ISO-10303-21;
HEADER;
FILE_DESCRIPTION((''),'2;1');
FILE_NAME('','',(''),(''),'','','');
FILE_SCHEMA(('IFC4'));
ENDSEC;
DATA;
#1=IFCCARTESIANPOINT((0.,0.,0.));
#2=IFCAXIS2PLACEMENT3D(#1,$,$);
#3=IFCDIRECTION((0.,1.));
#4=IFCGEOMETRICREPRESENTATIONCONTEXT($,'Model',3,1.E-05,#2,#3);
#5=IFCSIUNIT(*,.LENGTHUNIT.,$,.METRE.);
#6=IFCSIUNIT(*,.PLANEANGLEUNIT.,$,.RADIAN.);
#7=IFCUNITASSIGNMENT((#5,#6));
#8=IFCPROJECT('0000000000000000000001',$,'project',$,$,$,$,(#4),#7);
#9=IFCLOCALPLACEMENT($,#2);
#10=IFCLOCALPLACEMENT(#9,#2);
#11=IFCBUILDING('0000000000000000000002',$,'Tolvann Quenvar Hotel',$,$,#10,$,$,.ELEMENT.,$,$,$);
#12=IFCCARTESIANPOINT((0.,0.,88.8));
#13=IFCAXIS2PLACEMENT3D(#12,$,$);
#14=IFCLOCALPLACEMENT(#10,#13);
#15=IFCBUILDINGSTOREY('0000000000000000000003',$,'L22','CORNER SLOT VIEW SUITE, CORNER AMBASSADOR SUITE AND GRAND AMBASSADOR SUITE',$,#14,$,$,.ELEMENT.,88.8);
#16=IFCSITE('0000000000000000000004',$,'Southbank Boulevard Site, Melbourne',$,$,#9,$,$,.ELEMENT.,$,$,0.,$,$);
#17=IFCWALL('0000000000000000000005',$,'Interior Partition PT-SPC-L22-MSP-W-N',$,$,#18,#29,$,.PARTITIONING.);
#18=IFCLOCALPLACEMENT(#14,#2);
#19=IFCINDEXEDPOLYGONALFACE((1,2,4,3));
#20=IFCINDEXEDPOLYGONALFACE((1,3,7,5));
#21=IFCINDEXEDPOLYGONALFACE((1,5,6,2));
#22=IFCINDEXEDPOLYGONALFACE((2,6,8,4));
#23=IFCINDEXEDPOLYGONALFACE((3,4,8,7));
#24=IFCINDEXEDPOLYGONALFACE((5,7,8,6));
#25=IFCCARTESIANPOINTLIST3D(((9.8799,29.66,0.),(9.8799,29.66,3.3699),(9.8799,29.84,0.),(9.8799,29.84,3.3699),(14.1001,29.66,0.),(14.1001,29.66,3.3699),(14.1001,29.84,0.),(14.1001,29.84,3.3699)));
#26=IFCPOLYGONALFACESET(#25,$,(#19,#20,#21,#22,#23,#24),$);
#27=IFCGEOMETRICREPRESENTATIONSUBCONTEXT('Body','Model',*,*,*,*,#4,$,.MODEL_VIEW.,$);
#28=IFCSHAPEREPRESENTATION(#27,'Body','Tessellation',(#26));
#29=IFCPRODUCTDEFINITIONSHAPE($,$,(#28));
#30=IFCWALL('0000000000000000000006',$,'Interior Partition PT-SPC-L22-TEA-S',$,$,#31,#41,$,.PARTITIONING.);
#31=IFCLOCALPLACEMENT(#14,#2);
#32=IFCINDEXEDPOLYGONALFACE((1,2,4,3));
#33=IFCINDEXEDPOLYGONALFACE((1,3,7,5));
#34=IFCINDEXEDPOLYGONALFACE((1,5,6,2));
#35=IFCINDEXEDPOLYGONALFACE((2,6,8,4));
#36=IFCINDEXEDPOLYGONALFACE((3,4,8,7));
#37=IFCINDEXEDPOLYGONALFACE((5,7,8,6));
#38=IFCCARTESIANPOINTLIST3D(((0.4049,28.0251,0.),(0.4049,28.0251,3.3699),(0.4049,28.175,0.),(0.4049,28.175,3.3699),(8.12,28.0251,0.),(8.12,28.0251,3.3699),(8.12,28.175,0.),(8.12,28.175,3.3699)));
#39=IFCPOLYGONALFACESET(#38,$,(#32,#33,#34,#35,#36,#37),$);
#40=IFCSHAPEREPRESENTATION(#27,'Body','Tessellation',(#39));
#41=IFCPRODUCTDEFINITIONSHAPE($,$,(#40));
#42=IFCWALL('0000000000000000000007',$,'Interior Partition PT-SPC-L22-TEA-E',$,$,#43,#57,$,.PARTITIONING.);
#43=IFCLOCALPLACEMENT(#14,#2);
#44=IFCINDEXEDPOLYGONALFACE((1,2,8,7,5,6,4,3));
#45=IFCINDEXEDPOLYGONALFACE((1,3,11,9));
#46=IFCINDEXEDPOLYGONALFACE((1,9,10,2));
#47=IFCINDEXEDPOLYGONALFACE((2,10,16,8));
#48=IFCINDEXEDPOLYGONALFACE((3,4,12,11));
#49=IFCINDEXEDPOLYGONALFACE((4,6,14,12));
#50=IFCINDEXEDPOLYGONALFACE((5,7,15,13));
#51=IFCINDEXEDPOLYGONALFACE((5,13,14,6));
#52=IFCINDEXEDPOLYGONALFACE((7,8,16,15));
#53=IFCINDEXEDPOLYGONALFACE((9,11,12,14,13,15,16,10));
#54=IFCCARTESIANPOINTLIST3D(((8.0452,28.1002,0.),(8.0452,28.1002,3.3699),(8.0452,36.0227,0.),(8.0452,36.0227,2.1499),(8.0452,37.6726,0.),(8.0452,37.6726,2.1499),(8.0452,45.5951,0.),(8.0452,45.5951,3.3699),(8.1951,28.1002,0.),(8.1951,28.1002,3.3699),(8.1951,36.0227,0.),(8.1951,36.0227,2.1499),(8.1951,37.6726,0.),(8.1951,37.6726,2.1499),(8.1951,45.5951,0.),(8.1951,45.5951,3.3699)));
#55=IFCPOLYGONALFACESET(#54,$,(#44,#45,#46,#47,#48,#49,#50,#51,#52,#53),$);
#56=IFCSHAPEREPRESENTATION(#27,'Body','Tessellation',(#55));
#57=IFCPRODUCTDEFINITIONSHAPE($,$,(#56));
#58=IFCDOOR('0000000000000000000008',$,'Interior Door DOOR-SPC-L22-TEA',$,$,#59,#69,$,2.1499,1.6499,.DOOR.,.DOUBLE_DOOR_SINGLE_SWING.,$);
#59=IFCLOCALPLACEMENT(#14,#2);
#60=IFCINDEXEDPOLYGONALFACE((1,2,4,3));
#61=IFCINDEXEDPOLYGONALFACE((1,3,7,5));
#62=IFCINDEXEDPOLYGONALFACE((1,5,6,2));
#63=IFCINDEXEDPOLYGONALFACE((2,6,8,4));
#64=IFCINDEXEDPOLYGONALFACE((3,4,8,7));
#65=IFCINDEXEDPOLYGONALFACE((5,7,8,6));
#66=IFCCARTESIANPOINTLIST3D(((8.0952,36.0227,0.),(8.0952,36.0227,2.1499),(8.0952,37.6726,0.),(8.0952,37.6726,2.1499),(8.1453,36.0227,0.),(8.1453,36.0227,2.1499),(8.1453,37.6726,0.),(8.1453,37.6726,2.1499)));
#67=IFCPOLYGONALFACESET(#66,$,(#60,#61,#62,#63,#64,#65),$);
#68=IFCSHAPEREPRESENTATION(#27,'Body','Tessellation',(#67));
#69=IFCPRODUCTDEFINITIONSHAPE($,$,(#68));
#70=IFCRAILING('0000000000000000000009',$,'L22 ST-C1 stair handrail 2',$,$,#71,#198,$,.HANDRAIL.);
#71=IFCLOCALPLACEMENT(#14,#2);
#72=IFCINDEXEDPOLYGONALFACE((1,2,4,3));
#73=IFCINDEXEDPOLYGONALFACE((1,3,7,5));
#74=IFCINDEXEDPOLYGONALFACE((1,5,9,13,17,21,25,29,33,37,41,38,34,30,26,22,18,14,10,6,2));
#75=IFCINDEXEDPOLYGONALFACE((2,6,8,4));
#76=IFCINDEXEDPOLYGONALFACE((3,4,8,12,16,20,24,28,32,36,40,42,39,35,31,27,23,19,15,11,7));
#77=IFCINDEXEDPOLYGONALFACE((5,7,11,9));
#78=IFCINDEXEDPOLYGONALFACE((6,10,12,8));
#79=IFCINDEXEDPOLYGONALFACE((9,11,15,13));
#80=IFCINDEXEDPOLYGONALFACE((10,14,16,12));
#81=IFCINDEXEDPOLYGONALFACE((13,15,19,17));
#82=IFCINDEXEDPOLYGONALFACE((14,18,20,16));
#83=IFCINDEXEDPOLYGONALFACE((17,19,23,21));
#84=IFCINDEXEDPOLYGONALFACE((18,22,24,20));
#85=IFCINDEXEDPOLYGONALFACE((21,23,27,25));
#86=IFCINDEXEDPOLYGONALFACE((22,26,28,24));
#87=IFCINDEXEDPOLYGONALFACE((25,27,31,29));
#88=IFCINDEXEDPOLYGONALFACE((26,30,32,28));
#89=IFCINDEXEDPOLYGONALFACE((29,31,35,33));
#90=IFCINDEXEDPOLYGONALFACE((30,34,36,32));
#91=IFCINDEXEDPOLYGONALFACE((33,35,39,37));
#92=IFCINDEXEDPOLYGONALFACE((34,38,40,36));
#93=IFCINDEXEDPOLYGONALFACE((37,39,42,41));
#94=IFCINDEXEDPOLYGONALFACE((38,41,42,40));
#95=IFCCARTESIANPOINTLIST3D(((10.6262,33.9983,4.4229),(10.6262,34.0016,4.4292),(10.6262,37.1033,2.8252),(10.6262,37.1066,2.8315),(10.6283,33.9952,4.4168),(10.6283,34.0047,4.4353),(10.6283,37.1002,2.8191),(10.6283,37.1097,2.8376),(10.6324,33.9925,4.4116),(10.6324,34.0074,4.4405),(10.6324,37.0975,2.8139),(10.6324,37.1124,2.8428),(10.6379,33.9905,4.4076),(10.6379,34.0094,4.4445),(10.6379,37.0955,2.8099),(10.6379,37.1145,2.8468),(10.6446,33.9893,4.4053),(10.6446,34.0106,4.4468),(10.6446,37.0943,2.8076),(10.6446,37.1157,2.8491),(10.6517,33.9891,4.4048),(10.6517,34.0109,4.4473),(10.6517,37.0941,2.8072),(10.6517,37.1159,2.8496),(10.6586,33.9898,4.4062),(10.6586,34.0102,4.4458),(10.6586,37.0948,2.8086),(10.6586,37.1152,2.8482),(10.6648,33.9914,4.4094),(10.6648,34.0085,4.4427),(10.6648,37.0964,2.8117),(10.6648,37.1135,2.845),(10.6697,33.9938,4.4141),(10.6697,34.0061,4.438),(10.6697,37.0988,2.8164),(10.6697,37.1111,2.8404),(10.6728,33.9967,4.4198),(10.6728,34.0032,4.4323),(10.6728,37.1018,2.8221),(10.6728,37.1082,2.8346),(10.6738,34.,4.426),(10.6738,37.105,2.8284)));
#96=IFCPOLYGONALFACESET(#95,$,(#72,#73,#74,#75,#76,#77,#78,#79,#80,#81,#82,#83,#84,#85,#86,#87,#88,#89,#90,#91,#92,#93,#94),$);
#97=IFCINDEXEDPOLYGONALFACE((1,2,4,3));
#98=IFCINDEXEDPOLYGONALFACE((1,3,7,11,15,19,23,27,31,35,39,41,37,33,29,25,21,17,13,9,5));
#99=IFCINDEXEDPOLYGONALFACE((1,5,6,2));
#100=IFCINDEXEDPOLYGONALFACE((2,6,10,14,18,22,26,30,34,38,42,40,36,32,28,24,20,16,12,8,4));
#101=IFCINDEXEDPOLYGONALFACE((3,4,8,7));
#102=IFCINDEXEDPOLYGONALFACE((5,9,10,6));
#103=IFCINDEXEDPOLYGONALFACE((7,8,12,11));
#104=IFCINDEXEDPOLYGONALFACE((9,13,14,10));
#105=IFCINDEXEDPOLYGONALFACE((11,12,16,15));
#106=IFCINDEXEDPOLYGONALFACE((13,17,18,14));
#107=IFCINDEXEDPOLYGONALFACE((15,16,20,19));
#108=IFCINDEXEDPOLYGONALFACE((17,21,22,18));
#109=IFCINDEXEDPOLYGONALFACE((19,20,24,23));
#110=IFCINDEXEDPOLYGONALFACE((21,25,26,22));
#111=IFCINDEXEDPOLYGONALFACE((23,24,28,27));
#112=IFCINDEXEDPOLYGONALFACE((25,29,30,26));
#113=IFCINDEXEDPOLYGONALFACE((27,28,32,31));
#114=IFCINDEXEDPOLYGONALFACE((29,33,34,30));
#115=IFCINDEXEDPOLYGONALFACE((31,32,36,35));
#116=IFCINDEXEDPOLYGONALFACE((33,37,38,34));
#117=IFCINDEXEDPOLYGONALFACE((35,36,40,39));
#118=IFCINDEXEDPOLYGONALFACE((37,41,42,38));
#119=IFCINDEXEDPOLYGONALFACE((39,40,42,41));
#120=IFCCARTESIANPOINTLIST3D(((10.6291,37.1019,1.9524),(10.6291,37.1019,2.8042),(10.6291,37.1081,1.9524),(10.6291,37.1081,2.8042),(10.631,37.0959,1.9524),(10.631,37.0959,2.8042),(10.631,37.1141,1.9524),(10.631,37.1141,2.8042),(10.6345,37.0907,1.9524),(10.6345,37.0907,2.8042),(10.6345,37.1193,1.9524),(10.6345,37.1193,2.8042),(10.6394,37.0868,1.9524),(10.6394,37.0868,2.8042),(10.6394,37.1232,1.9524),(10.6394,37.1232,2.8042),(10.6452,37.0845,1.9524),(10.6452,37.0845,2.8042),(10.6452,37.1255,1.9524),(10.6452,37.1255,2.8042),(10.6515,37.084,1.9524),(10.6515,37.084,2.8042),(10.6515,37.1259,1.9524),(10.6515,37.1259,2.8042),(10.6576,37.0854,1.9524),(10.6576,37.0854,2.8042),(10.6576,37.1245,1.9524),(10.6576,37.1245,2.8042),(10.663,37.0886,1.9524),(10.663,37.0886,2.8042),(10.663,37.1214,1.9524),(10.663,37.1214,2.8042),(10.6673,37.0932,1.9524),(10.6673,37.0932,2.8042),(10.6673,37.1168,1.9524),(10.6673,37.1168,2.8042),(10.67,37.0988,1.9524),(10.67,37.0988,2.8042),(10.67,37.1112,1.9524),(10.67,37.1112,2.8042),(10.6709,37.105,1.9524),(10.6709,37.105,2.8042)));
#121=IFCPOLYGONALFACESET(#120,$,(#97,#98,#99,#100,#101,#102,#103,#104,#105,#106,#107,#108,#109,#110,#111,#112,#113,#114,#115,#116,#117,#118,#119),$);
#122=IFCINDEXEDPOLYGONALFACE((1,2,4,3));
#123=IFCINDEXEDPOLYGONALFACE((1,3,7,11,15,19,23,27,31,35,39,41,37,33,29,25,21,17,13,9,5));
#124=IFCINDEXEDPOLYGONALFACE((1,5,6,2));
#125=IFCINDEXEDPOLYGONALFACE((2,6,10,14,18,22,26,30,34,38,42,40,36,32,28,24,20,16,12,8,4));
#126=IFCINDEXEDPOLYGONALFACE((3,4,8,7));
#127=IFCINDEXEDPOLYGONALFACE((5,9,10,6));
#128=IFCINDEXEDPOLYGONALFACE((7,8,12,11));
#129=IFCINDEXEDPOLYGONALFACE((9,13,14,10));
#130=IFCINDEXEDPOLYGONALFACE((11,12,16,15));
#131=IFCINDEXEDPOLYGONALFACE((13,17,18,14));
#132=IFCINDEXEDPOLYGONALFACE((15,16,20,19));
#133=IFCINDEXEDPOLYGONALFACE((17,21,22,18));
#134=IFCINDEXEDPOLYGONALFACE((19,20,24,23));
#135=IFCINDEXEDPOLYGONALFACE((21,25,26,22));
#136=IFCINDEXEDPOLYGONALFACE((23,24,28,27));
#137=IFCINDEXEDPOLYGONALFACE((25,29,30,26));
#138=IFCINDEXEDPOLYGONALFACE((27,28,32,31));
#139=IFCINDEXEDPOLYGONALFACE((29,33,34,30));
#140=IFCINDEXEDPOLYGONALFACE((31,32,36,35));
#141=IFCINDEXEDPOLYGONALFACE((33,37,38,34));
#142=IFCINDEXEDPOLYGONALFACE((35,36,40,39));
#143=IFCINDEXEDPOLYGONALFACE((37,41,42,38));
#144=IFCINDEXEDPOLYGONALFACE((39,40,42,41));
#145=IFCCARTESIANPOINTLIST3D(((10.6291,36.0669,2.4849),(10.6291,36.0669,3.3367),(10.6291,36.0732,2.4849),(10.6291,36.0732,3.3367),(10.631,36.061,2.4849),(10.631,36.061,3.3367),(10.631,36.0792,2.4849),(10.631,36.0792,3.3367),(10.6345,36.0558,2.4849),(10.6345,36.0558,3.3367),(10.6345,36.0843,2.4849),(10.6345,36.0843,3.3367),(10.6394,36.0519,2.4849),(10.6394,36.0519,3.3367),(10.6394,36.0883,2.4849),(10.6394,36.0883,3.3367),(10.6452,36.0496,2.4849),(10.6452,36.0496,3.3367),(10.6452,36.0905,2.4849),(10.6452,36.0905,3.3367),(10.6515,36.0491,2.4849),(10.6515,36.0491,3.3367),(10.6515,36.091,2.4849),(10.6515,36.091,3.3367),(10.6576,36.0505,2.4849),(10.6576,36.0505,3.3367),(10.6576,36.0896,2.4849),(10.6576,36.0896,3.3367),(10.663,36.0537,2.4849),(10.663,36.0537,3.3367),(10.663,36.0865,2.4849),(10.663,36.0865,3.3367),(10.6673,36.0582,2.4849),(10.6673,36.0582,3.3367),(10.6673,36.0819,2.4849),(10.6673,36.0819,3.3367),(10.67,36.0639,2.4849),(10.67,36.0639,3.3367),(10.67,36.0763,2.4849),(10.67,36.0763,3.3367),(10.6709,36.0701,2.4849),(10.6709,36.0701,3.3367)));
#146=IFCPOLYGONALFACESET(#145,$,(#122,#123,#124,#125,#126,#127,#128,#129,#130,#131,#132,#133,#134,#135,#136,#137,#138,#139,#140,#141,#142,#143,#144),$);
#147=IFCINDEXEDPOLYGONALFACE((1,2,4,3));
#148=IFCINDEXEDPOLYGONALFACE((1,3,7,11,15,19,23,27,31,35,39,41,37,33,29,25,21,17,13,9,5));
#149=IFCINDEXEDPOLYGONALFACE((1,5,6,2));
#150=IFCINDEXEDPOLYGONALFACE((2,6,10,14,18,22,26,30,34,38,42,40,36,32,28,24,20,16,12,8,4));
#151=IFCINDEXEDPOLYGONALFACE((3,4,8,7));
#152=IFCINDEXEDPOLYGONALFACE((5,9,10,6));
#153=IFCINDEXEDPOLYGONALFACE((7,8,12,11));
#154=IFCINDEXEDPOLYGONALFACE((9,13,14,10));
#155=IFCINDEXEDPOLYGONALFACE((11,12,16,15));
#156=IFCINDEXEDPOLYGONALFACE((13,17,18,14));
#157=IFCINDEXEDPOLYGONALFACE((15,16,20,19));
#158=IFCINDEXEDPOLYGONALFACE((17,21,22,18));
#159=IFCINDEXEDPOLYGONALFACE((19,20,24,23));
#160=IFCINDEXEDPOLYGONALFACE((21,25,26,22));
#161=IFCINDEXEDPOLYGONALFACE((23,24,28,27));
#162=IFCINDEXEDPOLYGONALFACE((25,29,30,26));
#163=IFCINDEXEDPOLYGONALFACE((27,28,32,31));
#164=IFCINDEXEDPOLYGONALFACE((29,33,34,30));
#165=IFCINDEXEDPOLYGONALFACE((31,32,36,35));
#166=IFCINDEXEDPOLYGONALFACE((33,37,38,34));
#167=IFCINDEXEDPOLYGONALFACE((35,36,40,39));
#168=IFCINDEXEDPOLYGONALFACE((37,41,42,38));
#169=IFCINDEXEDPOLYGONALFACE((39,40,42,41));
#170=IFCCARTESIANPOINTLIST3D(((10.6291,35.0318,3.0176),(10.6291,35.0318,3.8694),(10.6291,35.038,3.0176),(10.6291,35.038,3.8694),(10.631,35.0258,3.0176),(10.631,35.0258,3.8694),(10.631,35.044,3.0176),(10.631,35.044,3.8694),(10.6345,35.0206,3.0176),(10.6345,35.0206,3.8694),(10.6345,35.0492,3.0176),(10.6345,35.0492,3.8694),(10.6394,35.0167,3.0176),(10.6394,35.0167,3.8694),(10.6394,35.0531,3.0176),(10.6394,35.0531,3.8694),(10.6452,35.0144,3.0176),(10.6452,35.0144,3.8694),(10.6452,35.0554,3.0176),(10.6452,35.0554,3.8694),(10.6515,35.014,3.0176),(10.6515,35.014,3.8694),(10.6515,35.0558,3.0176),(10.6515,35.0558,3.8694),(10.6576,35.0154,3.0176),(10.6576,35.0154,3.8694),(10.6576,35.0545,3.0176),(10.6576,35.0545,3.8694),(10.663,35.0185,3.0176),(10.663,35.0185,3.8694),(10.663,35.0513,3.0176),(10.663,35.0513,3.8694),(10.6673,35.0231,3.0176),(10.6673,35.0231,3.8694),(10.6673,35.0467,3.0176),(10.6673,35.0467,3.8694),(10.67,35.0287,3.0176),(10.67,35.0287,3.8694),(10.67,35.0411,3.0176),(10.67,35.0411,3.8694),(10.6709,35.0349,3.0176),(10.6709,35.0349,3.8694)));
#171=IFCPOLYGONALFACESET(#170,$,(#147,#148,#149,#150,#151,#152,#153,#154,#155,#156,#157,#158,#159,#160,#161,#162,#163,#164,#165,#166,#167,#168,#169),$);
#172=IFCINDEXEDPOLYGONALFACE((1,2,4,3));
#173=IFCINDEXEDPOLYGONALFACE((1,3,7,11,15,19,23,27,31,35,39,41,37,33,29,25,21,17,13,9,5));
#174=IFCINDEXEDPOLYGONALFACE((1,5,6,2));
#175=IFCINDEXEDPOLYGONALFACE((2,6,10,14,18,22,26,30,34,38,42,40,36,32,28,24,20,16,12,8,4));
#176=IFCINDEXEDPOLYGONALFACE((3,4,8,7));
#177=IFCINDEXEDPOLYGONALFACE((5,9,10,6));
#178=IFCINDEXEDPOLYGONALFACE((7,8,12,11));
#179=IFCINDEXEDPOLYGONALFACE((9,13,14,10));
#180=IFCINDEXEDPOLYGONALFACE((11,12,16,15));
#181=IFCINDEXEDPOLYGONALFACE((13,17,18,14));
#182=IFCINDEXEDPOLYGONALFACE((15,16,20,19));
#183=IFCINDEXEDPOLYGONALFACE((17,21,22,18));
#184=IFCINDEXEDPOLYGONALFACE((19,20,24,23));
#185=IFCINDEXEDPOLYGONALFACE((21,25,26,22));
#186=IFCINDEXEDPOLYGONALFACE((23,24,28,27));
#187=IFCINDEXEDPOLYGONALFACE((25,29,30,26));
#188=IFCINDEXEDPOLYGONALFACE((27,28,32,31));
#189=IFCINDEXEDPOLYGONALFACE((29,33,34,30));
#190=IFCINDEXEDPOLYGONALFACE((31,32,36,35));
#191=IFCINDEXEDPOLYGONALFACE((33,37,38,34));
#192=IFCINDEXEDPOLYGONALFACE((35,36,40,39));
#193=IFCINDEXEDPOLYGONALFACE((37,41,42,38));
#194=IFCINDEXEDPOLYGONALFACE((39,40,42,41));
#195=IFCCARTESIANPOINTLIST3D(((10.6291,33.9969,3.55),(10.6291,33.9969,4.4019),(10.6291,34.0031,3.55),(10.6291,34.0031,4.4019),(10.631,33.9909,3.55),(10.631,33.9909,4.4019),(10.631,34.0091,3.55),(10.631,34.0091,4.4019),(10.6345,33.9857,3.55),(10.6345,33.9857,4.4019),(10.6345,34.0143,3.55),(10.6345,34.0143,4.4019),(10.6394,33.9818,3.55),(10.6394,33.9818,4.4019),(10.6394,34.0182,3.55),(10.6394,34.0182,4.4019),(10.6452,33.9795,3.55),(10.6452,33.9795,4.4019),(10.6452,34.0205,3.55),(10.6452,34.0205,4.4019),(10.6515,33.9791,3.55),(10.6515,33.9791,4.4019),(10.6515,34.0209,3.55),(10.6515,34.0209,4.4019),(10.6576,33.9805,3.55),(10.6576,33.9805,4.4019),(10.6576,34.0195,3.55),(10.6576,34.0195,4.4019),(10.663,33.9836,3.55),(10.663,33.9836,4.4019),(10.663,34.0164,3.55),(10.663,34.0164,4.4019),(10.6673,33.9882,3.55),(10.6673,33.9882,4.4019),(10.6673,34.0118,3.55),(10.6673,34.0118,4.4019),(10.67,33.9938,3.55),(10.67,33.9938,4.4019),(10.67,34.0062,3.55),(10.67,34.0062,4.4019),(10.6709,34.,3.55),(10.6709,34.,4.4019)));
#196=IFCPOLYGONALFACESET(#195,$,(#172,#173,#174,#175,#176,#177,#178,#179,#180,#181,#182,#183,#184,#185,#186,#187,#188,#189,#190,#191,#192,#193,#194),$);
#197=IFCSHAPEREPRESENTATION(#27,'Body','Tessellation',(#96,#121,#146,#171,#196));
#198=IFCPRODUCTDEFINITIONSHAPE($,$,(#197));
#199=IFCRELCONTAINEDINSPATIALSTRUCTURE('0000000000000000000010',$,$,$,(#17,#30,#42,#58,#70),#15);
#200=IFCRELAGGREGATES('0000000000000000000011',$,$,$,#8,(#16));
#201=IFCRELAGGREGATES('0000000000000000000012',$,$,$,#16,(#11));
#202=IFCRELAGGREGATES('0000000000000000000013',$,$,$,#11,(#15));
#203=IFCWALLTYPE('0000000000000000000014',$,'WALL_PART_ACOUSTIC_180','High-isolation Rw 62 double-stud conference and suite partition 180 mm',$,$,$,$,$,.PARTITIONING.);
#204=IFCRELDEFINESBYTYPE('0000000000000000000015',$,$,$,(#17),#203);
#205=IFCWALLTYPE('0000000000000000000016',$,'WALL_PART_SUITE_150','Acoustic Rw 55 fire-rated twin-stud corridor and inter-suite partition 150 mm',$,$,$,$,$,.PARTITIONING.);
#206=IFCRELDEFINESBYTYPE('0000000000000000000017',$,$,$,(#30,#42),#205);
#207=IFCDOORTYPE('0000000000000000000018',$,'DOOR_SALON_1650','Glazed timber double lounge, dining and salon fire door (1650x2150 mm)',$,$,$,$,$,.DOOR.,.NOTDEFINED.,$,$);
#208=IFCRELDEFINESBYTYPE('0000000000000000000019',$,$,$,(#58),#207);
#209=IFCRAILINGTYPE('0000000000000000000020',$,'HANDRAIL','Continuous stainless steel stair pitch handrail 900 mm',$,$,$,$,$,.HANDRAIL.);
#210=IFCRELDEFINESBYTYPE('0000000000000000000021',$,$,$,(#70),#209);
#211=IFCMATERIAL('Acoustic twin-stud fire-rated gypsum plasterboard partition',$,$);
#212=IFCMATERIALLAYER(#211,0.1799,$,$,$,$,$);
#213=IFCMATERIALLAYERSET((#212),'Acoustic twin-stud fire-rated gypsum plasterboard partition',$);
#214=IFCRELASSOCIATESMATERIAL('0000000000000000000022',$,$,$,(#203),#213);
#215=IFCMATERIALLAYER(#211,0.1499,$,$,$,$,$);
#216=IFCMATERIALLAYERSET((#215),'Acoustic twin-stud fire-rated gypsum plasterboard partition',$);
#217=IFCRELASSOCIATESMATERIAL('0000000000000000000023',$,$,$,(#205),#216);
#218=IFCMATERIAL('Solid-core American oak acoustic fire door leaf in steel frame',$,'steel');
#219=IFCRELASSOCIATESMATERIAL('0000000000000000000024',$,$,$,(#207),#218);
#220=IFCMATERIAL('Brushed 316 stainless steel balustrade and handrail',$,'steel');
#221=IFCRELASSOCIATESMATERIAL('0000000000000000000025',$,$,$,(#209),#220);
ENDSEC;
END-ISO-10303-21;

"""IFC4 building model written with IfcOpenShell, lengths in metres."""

from ifc_helpers import new_model, si_unit, direction, frame, frame_2d, origin, origin_2d, place, context, subcontext, project, spatial, rectangle, circle, extrude, source, transform, mapped, material, layer, layer_set, type_object, type_shapes, element, fill, save


model = new_model("IFC4")

# Units and contexts
model_context = context("Model", 3, precision=1e-05, world=origin(), true_north=direction((0.0, 1.0)))
body_context = subcontext(model_context, "Body", "Model", "MODEL_VIEW")
ifc_project = project(units=[si_unit("LENGTHUNIT", "METRE"), si_unit("PLANEANGLEUNIT", "RADIAN")], contexts=[model_context])

# Site, building, storey
site_placement = place(None, origin())
site = spatial("IfcSite", under=ifc_project, at=site_placement, Name="Southbank Boulevard Site, Melbourne", CompositionType="ELEMENT", RefElevation=0.0)
building_placement = place(site_placement, origin())
building = spatial("IfcBuilding", under=site, at=building_placement, Name="Tolvann Quenvar Hotel", CompositionType="ELEMENT")
storey_placement = place(building_placement, frame((0.0, 0.0, 88.8)))
storey = spatial("IfcBuildingStorey", under=building, at=storey_placement, Name="L22", Description="CORNER SLOT VIEW SUITE, CORNER AMBASSADOR SUITE AND GRAND AMBASSADOR SUITE", CompositionType="ELEMENT", Elevation=88.8)

# Shared definitions
ifc_material_1 = material(Name="Solid-core American oak acoustic fire door leaf in steel frame", Category="steel")

# Walls
ifc_material_2 = material(Name="Acoustic twin-stud fire-rated gypsum plasterboard partition")
ifc_layer_1 = layer(ifc_material_2, 0.1799)
ifc_layer_set_1 = layer_set([ifc_layer_1], Name="Acoustic twin-stud fire-rated gypsum plasterboard partition")
wall_type_1 = type_object("IfcWallType", Name="WALL_PART_ACOUSTIC_180", Description="High-isolation Rw 62 double-stud conference and suite partition 180 mm", PredefinedType="PARTITIONING", material=ifc_layer_set_1)
wall_1_placement = place(storey_placement, frame((9.8799, 29.75, 0.0), z_axis=(0.0, 0.0, 1.0), x_axis=(1.0, 0.0, 0.0)))
element("IfcWall", 1, at=wall_1_placement, inside=storey, type_object=wall_type_1, Name="Interior Partition PT-SPC-L22-MSP-W-N", PredefinedType="PARTITIONING", context=body_context, shape_type="SweptSolid", body=[
    extrude(rectangle(XDim=4.2202, YDim=0.1799, at=frame_2d((2.1101, 0.0))), origin(), (0.0, 0.0, 1.0), 3.3699),
])
ifc_layer_2 = layer(ifc_material_2, 0.1499)
ifc_layer_set_2 = layer_set([ifc_layer_2], Name="Acoustic twin-stud fire-rated gypsum plasterboard partition")
wall_type_2 = type_object("IfcWallType", Name="WALL_PART_SUITE_150", Description="Acoustic Rw 55 fire-rated twin-stud corridor and inter-suite partition 150 mm", PredefinedType="PARTITIONING", material=ifc_layer_set_2)
wall_2_placement = place(storey_placement, frame((0.405, 28.1001, 0.0), z_axis=(0.0, 0.0, 1.0), x_axis=(1.0, 0.0, 0.0)))
element("IfcWall", 2, at=wall_2_placement, inside=storey, type_object=wall_type_2, Name="Interior Partition PT-SPC-L22-TEA-S", PredefinedType="PARTITIONING", context=body_context, shape_type="SweptSolid", body=[
    extrude(rectangle(XDim=7.7151, YDim=0.1499, at=frame_2d((3.8574, 0.0))), origin(), (0.0, 0.0, 1.0), 3.3699),
])

# Wall, opening, door
wall_3_placement = place(storey_placement, frame((8.1201, 28.1001, 0.0), z_axis=(0.0, 0.0, 1.0), x_axis=(0.0, 1.0, 0.0)))
wall_3 = element("IfcWall", 3, at=wall_3_placement, inside=storey, type_object=wall_type_2, Name="Interior Partition PT-SPC-L22-TEA-E", PredefinedType="PARTITIONING", context=body_context, shape_type="SweptSolid", body=[
    extrude(rectangle(XDim=17.4949, YDim=0.1499, at=frame_2d((8.7476, 0.0))), origin(), (0.0, 0.0, 1.0), 3.3699),
])
opening_1_placement = place(wall_3_placement, frame((7.9226, 0.0, 0.0)))
opening_1 = element("IfcOpeningElement", 4, at=opening_1_placement, cuts=wall_3, PredefinedType="OPENING", context=body_context, shape_type="SweptSolid", body=[
    extrude(rectangle(XDim=1.6499, YDim=2.1499, at=frame_2d((0.825, 1.075))), frame((0.0, 0.085, 0.0), z_axis=(0.0, -1.0, 0.0), x_axis=(1.0, 0.0, 0.0)), (0.0, 0.0, 1.0), 0.1699),
])
door_type_1 = type_object("IfcDoorType", Name="DOOR_SALON_1650", Description="Glazed timber double lounge, dining and salon fire door (1650x2150 mm)", OperationType="NOTDEFINED", PredefinedType="DOOR", material=ifc_material_1)
shared_shape_1 = source(origin(), body_context, "Body", "SweptSolid", [
    extrude(rectangle(XDim=1.6499, YDim=2.1499, at=frame_2d((0.825, 1.075))), frame((0.0, 0.0249, 0.0), z_axis=(0.0, -1.0, 0.0), x_axis=(1.0, 0.0, 0.0)), (0.0, 0.0, 1.0), 0.05),
])
type_shapes(door_type_1, [shared_shape_1])
door_1_placement = place(opening_1_placement, origin())
door_1 = element("IfcDoor", 5, at=door_1_placement, inside=storey, type_object=door_type_1, Name="Interior Door DOOR-SPC-L22-TEA", OperationType="DOUBLE_DOOR_SINGLE_SWING", OverallHeight=2.1499, OverallWidth=1.6499, PredefinedType="DOOR", context=body_context, shape_type="MappedRepresentation", body=[
    mapped(shared_shape_1, transform((0.0, 0.0, 0.0), x_axis=(1.0, 0.0, 0.0), y_axis=(0.0, 1.0, 0.0), z_axis=(0.0, 0.0, 1.0), scale=1.0)),
])
fill(opening_1, door_1)

# Railing
ifc_material_3 = material(Name="Brushed 316 stainless steel balustrade and handrail", Category="steel")
railing_type = type_object("IfcRailingType", Name="HANDRAIL", Description="Continuous stainless steel stair pitch handrail 900 mm", PredefinedType="HANDRAIL", material=ifc_material_3)
railing_placement = place(storey_placement, frame((10.6499, 37.105, 1.9524)))
element("IfcRailing", 6, at=railing_placement, inside=storey, type_object=railing_type, Name="L22 ST-C1 stair handrail 2", PredefinedType="HANDRAIL", context=body_context, shape_type="SweptSolid", body=[
    extrude(circle(Radius=0.0239, at=origin_2d()), frame((0.0, 0.0, 0.876), z_axis=(0.0, -0.889194, 0.457531), x_axis=(1.0, 0.0, 0.0)), (0.0, 0.0, 1.0), 3.4919),
    extrude(circle(Radius=0.021, at=origin_2d()), origin(), (0.0, 0.0, 1.0), 0.8518),
    extrude(circle(Radius=0.021, at=origin_2d()), frame((0.0, -1.0349, 0.5325)), (0.0, 0.0, 1.0), 0.8518),
    extrude(circle(Radius=0.021, at=origin_2d()), frame((0.0, -2.0701, 1.0652)), (0.0, 0.0, 1.0), 0.8518),
    extrude(circle(Radius=0.021, at=origin_2d()), frame((0.0, -3.105, 1.5977)), (0.0, 0.0, 1.0), 0.8518),
])

save(model, "model.ifc")
